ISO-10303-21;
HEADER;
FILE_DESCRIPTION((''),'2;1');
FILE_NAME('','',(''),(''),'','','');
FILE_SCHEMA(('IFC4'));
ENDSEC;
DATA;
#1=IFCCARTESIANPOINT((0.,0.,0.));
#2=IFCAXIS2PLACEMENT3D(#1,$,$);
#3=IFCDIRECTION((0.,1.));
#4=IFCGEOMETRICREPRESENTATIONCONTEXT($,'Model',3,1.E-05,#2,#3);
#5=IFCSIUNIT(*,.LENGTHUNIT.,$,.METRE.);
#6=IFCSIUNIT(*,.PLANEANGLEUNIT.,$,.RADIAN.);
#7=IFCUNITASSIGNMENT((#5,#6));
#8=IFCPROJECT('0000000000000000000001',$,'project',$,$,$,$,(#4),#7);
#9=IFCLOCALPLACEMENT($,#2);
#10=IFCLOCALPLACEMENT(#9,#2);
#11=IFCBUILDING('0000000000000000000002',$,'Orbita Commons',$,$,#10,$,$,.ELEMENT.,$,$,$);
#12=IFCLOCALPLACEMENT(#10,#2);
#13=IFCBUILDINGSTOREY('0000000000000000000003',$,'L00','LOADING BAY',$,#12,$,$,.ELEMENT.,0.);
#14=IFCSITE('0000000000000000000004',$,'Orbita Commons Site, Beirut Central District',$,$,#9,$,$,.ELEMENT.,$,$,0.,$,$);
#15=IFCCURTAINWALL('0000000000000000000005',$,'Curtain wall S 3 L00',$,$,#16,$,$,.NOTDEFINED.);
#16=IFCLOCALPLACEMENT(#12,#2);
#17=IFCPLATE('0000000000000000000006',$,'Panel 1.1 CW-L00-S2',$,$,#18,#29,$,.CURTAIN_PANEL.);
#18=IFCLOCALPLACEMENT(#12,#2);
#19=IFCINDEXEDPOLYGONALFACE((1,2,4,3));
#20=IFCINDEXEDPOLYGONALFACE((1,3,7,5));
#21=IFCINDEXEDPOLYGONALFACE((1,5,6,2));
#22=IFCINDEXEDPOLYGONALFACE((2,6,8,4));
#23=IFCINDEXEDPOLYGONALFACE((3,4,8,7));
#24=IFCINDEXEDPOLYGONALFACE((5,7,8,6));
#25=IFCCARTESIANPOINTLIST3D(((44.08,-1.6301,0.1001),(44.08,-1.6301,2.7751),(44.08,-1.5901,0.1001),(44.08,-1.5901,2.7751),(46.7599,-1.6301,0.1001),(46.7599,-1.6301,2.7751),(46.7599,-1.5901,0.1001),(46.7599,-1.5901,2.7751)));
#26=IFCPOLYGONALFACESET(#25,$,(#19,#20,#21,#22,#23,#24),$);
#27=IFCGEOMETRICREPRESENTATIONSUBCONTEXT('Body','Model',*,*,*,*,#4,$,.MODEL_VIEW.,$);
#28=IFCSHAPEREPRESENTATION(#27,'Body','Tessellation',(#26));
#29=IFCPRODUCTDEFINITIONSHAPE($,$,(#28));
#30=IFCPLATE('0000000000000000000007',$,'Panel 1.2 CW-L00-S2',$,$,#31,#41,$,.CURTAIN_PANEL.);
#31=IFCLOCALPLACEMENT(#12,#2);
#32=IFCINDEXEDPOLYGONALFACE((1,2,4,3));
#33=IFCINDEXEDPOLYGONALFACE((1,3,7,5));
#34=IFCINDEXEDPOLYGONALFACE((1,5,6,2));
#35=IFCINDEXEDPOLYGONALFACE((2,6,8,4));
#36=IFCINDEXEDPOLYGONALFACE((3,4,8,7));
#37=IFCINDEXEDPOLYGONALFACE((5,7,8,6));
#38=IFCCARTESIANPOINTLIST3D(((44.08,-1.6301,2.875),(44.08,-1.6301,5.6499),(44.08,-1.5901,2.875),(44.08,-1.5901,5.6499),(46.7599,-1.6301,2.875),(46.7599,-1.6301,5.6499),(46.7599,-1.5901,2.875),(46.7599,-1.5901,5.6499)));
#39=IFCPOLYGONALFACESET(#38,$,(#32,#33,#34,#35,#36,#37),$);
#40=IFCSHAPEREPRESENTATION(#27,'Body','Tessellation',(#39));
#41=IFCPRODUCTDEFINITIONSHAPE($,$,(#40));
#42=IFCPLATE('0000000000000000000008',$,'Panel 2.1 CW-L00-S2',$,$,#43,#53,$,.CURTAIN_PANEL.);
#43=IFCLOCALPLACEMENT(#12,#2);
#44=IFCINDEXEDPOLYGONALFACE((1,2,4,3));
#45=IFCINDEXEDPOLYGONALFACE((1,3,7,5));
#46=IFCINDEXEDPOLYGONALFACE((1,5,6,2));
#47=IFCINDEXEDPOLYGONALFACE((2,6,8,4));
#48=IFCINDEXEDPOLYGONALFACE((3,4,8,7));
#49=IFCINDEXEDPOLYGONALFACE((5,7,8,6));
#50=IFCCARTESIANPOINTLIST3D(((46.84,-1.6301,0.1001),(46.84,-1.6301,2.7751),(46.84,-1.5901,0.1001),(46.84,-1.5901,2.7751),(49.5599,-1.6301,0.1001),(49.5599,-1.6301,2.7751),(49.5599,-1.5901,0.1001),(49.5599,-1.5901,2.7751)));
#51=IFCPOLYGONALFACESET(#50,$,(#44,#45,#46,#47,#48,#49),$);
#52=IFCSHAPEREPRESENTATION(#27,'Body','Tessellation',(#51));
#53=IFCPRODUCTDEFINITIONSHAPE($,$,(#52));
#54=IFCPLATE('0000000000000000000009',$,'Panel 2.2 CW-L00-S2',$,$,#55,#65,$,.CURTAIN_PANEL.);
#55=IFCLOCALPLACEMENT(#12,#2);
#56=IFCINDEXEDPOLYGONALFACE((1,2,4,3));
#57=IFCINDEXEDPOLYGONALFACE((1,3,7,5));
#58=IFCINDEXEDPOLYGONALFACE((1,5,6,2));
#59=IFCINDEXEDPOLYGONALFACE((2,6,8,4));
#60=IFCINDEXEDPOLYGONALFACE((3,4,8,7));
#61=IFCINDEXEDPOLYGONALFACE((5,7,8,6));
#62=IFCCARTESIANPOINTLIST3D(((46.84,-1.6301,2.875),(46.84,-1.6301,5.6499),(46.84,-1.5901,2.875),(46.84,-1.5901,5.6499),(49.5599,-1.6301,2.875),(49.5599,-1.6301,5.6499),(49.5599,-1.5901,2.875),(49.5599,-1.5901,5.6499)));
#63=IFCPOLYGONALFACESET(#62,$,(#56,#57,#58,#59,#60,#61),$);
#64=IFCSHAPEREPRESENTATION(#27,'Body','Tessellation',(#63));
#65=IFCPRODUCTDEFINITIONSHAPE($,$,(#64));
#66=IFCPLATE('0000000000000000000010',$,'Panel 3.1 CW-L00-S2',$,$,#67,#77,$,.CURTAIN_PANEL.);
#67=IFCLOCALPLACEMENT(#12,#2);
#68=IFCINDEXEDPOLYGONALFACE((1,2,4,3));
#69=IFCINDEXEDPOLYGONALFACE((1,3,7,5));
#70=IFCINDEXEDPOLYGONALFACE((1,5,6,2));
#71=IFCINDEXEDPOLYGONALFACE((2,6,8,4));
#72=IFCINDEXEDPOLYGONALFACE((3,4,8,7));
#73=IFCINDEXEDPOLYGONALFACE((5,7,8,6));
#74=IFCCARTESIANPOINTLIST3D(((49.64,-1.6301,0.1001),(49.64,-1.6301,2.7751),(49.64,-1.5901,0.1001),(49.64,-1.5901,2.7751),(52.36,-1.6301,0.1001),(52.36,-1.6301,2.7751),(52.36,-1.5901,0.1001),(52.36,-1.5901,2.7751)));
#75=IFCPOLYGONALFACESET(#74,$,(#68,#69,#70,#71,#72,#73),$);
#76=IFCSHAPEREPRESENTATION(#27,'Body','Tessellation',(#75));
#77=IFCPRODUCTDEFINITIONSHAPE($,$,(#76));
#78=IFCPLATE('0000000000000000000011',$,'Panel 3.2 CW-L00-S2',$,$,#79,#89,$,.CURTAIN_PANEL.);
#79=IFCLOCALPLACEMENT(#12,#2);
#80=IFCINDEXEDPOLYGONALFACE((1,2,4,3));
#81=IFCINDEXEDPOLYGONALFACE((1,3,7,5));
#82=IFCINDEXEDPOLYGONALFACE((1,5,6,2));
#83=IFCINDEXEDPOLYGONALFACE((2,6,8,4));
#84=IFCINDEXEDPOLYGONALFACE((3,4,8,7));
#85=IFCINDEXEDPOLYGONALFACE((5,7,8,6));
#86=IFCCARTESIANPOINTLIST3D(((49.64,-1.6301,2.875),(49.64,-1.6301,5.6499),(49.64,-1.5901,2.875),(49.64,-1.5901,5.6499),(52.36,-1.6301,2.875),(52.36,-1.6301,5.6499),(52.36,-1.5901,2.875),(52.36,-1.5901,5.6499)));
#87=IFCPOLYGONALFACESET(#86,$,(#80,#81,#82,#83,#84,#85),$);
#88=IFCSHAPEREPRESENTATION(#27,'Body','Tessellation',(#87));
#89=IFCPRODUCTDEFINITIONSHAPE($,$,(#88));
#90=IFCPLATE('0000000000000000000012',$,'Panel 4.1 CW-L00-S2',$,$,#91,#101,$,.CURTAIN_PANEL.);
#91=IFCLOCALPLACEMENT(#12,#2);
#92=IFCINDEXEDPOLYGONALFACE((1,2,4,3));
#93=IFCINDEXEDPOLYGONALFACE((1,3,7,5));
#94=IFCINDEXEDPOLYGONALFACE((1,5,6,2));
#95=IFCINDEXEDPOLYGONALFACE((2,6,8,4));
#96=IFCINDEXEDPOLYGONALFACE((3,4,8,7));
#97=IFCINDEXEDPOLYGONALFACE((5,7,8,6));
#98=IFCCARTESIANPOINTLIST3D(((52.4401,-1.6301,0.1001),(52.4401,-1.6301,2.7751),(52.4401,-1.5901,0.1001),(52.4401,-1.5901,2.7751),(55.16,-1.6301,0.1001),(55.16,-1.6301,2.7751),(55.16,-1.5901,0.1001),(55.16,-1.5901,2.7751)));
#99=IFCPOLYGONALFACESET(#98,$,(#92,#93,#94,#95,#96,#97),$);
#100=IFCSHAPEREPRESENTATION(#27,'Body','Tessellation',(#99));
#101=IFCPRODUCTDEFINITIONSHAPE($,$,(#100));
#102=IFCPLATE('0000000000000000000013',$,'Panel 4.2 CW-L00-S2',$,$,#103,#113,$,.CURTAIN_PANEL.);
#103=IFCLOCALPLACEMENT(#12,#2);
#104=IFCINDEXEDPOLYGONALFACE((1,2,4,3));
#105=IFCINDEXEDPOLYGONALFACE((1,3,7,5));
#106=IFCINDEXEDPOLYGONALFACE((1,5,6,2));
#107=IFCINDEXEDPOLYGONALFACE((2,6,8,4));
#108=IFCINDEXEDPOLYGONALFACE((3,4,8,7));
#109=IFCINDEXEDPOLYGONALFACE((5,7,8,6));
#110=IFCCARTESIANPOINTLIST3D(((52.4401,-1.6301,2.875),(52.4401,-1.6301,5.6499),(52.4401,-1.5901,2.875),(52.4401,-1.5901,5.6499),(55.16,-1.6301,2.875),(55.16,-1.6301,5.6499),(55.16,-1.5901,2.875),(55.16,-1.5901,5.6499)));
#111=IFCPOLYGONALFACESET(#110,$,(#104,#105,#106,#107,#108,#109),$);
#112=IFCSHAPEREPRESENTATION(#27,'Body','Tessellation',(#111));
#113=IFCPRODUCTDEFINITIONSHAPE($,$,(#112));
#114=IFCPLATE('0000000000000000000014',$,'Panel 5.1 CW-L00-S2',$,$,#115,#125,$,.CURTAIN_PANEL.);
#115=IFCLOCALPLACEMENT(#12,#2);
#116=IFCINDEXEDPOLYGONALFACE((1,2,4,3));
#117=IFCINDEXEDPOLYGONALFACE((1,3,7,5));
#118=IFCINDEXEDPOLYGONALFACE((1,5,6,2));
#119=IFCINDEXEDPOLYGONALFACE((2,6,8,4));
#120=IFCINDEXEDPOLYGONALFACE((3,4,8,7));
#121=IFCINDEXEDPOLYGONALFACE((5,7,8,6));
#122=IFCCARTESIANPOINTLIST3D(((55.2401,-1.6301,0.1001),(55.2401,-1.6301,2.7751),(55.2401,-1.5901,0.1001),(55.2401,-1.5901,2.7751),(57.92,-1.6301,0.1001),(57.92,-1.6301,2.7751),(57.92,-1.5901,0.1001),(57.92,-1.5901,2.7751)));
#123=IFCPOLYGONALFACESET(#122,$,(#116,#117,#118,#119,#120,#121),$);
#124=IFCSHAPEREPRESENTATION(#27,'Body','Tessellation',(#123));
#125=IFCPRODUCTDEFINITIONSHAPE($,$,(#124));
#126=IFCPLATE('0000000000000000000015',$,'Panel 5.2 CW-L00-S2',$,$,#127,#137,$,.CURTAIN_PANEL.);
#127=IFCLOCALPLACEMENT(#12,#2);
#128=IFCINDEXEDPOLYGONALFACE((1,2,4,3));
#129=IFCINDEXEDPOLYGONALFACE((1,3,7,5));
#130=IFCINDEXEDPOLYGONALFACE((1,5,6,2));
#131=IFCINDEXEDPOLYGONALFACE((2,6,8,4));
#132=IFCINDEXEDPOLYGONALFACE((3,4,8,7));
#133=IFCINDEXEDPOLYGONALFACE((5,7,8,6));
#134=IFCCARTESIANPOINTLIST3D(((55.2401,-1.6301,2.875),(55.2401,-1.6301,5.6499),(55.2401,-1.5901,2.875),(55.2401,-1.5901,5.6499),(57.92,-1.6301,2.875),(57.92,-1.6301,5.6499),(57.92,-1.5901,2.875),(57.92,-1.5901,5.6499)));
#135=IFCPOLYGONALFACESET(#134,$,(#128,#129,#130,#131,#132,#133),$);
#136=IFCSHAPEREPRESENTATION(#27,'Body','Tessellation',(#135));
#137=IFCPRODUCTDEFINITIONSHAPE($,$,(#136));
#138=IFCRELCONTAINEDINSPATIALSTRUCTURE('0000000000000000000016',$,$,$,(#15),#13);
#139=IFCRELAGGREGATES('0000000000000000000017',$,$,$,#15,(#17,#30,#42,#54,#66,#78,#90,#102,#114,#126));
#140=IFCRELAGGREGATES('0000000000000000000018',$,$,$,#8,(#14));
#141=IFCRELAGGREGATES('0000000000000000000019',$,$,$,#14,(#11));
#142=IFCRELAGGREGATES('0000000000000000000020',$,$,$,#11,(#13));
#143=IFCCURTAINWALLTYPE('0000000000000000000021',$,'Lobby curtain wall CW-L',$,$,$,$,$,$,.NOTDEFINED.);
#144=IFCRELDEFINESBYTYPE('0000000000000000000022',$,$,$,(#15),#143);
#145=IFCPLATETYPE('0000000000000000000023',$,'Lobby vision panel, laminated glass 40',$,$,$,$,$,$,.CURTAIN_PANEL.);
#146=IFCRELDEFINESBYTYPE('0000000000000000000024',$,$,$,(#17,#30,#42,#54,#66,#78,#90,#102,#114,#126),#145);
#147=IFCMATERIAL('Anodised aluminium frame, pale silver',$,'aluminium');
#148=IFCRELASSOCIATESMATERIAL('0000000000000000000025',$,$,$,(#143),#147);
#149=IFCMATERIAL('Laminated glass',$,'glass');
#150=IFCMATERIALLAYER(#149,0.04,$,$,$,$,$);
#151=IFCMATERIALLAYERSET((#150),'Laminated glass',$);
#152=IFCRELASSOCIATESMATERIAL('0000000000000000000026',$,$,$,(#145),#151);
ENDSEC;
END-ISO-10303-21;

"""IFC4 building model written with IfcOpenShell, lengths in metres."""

from ifc_helpers import new_model, si_unit, direction, frame, origin, origin_2d, place, context, subcontext, project, spatial, rectangle, extrude, material, layer, layer_set, type_object, element, aggregate, save


model = new_model("IFC4")

# Units and contexts
model_context = context("Model", 3, precision=1e-05, world=origin(), true_north=direction((0.0, 1.0)))
body_context = subcontext(model_context, "Body", "Model", "MODEL_VIEW")
ifc_project = project(units=[si_unit("LENGTHUNIT", "METRE"), si_unit("PLANEANGLEUNIT", "RADIAN")], contexts=[model_context])

# Site, building, storey
site_placement = place(None, origin())
site = spatial("IfcSite", under=ifc_project, at=site_placement, Name="Orbita Commons Site, Beirut Central District", CompositionType="ELEMENT", RefElevation=0.0)
building_placement = place(site_placement, origin())
building = spatial("IfcBuilding", under=site, at=building_placement, Name="Orbita Commons", CompositionType="ELEMENT")
storey_placement = place(building_placement, origin())
storey = spatial("IfcBuildingStorey", under=building, at=storey_placement, Name="L00", Description="LOADING BAY", CompositionType="ELEMENT", Elevation=0.0)

# Curtain wall, plates
ifc_material_1 = material(Name="Anodised aluminium frame, pale silver", Category="aluminium")
curtain_wall_type = type_object("IfcCurtainWallType", Name="Lobby curtain wall CW-L", PredefinedType="NOTDEFINED", material=ifc_material_1)
curtain_wall_placement = place(storey_placement, origin())
curtain_wall = element("IfcCurtainWall", 1, at=curtain_wall_placement, inside=storey, type_object=curtain_wall_type, Name="Curtain wall S 3 L00", PredefinedType="NOTDEFINED")
ifc_material_2 = material(Name="Laminated glass", Category="glass")
ifc_layer = layer(ifc_material_2, 0.04)
ifc_layer_set = layer_set([ifc_layer], Name="Laminated glass")
plate_type = type_object("IfcPlateType", Name="Lobby vision panel, laminated glass 40", PredefinedType="CURTAIN_PANEL", material=ifc_layer_set)
plate_1_placement = place(storey_placement, frame((45.4199, -1.6101, 0.1001), z_axis=(0.0, 0.0, 1.0), x_axis=(1.0, 0.0, 0.0)))
plate_1 = element("IfcPlate", 2, at=plate_1_placement, type_object=plate_type, Name="Panel 1.1 CW-L00-S2", PredefinedType="CURTAIN_PANEL", context=body_context, shape_type="SweptSolid", body=[
    extrude(rectangle(XDim=2.6799, YDim=0.04, at=origin_2d()), origin(), (0.0, 0.0, 1.0), 2.675),
])
plate_2_placement = place(storey_placement, frame((45.4199, -1.6101, 2.875), z_axis=(0.0, 0.0, 1.0), x_axis=(1.0, 0.0, 0.0)))
plate_2 = element("IfcPlate", 3, at=plate_2_placement, type_object=plate_type, Name="Panel 1.2 CW-L00-S2", PredefinedType="CURTAIN_PANEL", context=body_context, shape_type="SweptSolid", body=[
    extrude(rectangle(XDim=2.6799, YDim=0.04, at=origin_2d()), origin(), (0.0, 0.0, 1.0), 2.7749),
])
plate_3_placement = place(storey_placement, frame((48.2, -1.6101, 0.1001), z_axis=(0.0, 0.0, 1.0), x_axis=(1.0, 0.0, 0.0)))
plate_3 = element("IfcPlate", 4, at=plate_3_placement, type_object=plate_type, Name="Panel 2.1 CW-L00-S2", PredefinedType="CURTAIN_PANEL", context=body_context, shape_type="SweptSolid", body=[
    extrude(rectangle(XDim=2.72, YDim=0.04, at=origin_2d()), origin(), (0.0, 0.0, 1.0), 2.675),
])
plate_4_placement = place(storey_placement, frame((48.2, -1.6101, 2.875), z_axis=(0.0, 0.0, 1.0), x_axis=(1.0, 0.0, 0.0)))
plate_4 = element("IfcPlate", 5, at=plate_4_placement, type_object=plate_type, Name="Panel 2.2 CW-L00-S2", PredefinedType="CURTAIN_PANEL", context=body_context, shape_type="SweptSolid", body=[
    extrude(rectangle(XDim=2.72, YDim=0.04, at=origin_2d()), origin(), (0.0, 0.0, 1.0), 2.7749),
])
plate_5_placement = place(storey_placement, frame((51.0, -1.6101, 0.1001), z_axis=(0.0, 0.0, 1.0), x_axis=(1.0, 0.0, 0.0)))
plate_5 = element("IfcPlate", 6, at=plate_5_placement, type_object=plate_type, Name="Panel 3.1 CW-L00-S2", PredefinedType="CURTAIN_PANEL", context=body_context, shape_type="SweptSolid", body=[
    extrude(rectangle(XDim=2.72, YDim=0.04, at=origin_2d()), origin(), (0.0, 0.0, 1.0), 2.675),
])
plate_6_placement = place(storey_placement, frame((51.0, -1.6101, 2.875), z_axis=(0.0, 0.0, 1.0), x_axis=(1.0, 0.0, 0.0)))
plate_6 = element("IfcPlate", 7, at=plate_6_placement, type_object=plate_type, Name="Panel 3.2 CW-L00-S2", PredefinedType="CURTAIN_PANEL", context=body_context, shape_type="SweptSolid", body=[
    extrude(rectangle(XDim=2.72, YDim=0.04, at=origin_2d()), origin(), (0.0, 0.0, 1.0), 2.7749),
])
plate_7_placement = place(storey_placement, frame((53.8, -1.6101, 0.1001), z_axis=(0.0, 0.0, 1.0), x_axis=(1.0, 0.0, 0.0)))
plate_7 = element("IfcPlate", 8, at=plate_7_placement, type_object=plate_type, Name="Panel 4.1 CW-L00-S2", PredefinedType="CURTAIN_PANEL", context=body_context, shape_type="SweptSolid", body=[
    extrude(rectangle(XDim=2.72, YDim=0.04, at=origin_2d()), origin(), (0.0, 0.0, 1.0), 2.675),
])
plate_8_placement = place(storey_placement, frame((53.8, -1.6101, 2.875), z_axis=(0.0, 0.0, 1.0), x_axis=(1.0, 0.0, 0.0)))
plate_8 = element("IfcPlate", 9, at=plate_8_placement, type_object=plate_type, Name="Panel 4.2 CW-L00-S2", PredefinedType="CURTAIN_PANEL", context=body_context, shape_type="SweptSolid", body=[
    extrude(rectangle(XDim=2.72, YDim=0.04, at=origin_2d()), origin(), (0.0, 0.0, 1.0), 2.7749),
])
plate_9_placement = place(storey_placement, frame((56.5801, -1.6101, 0.1001), z_axis=(0.0, 0.0, 1.0), x_axis=(1.0, 0.0, 0.0)))
plate_9 = element("IfcPlate", 10, at=plate_9_placement, type_object=plate_type, Name="Panel 5.1 CW-L00-S2", PredefinedType="CURTAIN_PANEL", context=body_context, shape_type="SweptSolid", body=[
    extrude(rectangle(XDim=2.6799, YDim=0.04, at=origin_2d()), origin(), (0.0, 0.0, 1.0), 2.675),
])
plate_10_placement = place(storey_placement, frame((56.5801, -1.6101, 2.875), z_axis=(0.0, 0.0, 1.0), x_axis=(1.0, 0.0, 0.0)))
plate_10 = element("IfcPlate", 11, at=plate_10_placement, type_object=plate_type, Name="Panel 5.2 CW-L00-S2", PredefinedType="CURTAIN_PANEL", context=body_context, shape_type="SweptSolid", body=[
    extrude(rectangle(XDim=2.6799, YDim=0.04, at=origin_2d()), origin(), (0.0, 0.0, 1.0), 2.7749),
])
aggregate(curtain_wall, [plate_1, plate_2, plate_3, plate_4, plate_5, plate_6, plate_7, plate_8, plate_9, plate_10])

save(model, "model.ifc")
